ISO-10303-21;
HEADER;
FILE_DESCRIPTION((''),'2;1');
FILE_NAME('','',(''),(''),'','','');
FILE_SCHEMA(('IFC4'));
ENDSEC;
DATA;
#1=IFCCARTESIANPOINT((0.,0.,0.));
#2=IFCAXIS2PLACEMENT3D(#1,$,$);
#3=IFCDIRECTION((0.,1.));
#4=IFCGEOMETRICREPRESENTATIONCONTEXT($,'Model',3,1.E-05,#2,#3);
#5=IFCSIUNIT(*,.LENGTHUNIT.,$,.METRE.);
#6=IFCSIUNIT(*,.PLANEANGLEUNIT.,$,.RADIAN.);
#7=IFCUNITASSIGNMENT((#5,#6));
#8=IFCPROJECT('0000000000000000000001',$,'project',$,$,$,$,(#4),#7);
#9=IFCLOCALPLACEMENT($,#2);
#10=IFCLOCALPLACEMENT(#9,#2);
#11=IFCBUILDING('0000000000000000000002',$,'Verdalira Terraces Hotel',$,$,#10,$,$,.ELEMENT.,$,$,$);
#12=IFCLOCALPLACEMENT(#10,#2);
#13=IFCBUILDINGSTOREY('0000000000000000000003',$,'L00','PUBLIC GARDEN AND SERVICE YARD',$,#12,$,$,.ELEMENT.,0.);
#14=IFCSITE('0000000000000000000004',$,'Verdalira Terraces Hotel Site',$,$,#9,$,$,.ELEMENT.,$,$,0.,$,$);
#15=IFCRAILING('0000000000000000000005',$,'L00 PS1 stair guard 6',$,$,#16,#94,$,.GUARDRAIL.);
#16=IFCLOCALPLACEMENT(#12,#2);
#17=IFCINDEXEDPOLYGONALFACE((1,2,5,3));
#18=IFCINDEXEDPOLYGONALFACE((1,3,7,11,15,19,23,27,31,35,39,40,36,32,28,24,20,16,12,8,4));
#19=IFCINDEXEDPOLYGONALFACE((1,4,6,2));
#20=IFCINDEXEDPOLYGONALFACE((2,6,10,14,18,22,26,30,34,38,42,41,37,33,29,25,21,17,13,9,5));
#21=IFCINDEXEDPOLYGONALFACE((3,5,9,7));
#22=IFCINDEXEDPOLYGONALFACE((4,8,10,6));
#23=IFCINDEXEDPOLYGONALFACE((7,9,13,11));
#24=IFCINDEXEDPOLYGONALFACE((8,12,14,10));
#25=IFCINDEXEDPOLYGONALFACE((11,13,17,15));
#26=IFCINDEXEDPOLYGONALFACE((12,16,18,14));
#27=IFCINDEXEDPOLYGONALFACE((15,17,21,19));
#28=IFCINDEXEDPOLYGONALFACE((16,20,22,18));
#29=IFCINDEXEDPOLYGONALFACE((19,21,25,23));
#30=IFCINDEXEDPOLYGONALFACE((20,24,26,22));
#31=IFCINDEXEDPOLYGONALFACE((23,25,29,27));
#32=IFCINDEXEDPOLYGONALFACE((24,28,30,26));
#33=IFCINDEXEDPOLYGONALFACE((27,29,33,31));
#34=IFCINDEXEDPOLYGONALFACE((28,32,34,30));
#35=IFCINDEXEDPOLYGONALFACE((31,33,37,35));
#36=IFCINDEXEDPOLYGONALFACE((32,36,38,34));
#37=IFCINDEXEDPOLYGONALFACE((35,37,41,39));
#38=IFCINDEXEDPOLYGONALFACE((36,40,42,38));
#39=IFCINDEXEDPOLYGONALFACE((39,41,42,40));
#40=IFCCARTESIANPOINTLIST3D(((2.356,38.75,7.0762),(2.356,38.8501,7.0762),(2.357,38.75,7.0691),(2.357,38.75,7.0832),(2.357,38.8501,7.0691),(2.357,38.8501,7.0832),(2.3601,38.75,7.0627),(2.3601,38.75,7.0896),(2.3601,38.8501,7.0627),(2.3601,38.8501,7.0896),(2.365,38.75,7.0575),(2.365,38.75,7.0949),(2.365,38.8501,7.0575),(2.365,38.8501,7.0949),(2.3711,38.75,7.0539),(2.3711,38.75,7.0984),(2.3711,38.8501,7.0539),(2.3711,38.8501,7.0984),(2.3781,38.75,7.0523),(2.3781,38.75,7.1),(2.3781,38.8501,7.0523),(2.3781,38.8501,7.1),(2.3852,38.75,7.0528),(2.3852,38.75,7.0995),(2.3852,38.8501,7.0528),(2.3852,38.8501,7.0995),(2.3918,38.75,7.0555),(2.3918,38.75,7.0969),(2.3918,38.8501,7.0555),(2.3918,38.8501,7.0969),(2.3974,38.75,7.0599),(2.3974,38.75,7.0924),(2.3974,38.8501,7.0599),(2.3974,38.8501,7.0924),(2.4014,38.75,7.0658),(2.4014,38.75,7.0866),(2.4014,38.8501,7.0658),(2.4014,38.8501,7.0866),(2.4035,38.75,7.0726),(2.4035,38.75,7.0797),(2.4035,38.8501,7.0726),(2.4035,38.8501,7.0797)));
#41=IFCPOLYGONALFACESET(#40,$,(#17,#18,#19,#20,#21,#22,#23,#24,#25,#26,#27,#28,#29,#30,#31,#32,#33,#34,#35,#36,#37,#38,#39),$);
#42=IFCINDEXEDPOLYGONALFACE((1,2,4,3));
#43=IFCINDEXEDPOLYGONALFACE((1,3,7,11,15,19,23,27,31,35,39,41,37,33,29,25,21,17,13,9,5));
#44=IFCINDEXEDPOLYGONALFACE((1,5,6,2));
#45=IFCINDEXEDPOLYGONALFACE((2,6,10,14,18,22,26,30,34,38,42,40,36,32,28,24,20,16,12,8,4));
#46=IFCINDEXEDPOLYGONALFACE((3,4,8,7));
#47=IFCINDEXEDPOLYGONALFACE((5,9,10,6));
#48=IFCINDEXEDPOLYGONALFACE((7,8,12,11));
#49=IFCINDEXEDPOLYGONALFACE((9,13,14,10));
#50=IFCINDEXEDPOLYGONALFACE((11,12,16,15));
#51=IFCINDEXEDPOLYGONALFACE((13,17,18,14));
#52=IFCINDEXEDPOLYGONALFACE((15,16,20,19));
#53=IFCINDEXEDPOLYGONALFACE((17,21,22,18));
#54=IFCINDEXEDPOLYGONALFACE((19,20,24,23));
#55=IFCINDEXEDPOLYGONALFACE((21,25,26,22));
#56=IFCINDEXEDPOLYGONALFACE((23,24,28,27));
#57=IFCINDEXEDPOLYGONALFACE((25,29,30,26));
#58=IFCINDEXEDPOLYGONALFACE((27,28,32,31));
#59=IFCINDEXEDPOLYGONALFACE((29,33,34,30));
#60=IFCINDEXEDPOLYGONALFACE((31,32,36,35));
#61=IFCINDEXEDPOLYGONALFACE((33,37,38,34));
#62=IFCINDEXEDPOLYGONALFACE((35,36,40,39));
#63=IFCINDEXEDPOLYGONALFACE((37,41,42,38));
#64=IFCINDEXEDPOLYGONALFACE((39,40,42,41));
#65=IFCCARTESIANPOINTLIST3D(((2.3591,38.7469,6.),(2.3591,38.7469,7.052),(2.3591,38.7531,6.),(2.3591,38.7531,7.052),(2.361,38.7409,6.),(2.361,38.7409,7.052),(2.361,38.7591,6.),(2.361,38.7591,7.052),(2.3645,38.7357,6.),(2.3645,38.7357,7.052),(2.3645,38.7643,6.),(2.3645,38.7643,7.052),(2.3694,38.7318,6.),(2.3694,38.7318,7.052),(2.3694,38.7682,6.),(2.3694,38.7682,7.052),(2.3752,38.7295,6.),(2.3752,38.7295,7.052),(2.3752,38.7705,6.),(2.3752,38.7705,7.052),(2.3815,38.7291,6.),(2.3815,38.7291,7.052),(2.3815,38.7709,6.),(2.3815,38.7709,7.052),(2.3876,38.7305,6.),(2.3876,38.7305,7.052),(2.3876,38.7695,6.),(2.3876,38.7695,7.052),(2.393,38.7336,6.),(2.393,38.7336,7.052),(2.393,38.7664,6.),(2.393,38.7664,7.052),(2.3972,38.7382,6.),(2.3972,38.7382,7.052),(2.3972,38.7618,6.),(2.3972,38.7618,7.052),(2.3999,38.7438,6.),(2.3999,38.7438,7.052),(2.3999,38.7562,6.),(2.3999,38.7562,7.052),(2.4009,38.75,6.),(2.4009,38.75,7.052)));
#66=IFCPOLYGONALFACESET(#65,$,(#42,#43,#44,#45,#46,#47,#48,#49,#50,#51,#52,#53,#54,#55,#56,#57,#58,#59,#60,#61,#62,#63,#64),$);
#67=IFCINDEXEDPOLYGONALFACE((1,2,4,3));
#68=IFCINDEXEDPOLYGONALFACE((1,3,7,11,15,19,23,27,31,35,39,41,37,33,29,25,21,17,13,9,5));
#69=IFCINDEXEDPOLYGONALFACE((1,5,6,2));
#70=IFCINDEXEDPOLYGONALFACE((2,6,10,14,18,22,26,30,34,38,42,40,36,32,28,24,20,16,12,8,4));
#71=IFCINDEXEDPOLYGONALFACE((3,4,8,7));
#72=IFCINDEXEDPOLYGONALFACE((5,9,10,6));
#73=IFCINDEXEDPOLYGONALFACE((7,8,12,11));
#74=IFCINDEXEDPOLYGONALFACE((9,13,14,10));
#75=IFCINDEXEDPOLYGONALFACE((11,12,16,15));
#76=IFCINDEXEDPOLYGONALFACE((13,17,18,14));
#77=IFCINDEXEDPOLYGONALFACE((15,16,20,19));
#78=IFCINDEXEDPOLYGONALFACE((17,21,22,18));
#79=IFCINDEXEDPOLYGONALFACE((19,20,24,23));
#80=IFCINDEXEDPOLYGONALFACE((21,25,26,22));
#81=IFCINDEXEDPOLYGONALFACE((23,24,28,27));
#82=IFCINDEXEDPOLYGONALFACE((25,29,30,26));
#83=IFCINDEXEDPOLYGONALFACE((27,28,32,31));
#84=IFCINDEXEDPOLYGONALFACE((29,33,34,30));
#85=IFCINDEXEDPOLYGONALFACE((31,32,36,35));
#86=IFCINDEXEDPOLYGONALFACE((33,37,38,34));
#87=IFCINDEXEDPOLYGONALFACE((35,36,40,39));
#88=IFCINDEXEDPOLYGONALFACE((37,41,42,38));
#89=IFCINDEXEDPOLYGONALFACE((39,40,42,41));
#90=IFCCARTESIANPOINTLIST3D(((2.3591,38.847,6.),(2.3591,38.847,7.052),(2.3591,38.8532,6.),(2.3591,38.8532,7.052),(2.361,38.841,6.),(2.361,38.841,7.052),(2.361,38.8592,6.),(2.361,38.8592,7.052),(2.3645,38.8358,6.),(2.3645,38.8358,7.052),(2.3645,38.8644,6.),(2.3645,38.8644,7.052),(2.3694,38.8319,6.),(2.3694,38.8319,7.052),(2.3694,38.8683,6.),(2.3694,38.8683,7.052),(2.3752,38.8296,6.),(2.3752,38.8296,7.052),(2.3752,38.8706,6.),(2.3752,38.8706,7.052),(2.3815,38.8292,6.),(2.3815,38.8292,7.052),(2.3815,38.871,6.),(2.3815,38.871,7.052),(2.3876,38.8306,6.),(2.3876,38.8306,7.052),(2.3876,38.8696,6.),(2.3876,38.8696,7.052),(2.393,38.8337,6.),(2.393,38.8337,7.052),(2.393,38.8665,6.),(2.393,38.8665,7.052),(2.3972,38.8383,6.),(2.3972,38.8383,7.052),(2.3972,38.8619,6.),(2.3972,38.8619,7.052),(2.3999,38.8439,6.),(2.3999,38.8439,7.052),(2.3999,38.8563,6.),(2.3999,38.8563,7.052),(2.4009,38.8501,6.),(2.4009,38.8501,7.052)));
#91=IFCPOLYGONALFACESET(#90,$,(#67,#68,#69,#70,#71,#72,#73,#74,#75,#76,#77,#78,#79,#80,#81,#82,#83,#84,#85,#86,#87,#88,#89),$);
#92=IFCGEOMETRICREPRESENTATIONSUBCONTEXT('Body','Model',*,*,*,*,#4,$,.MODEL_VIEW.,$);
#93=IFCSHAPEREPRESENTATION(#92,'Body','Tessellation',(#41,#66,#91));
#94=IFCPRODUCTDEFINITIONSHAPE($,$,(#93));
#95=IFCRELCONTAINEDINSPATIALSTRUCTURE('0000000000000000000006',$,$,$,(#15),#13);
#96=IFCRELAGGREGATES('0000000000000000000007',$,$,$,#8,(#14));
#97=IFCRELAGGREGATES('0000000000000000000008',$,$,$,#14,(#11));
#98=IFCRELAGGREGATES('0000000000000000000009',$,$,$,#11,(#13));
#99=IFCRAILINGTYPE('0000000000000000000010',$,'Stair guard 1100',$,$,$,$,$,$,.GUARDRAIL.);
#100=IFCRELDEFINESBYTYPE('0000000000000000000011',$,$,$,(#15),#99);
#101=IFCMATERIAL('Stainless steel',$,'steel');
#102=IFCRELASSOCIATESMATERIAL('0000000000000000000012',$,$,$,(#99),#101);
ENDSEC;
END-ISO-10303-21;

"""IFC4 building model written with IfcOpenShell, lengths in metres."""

from ifc_helpers import new_model, si_unit, direction, frame, origin, origin_2d, place, context, subcontext, project, spatial, circle, extrude, material, type_object, element, save


model = new_model("IFC4")

# Units and contexts
model_context = context("Model", 3, precision=1e-05, world=origin(), true_north=direction((0.0, 1.0)))
body_context = subcontext(model_context, "Body", "Model", "MODEL_VIEW")
ifc_project = project(units=[si_unit("LENGTHUNIT", "METRE"), si_unit("PLANEANGLEUNIT", "RADIAN")], contexts=[model_context])

# Site, building, storey
site_placement = place(None, origin())
site = spatial("IfcSite", under=ifc_project, at=site_placement, Name="Verdalira Terraces Hotel Site", CompositionType="ELEMENT", RefElevation=0.0)
building_placement = place(site_placement, origin())
building = spatial("IfcBuilding", under=site, at=building_placement, Name="Verdalira Terraces Hotel", CompositionType="ELEMENT")
storey_placement = place(building_placement, origin())
storey = spatial("IfcBuildingStorey", under=building, at=storey_placement, Name="L00", Description="PUBLIC GARDEN AND SERVICE YARD", CompositionType="ELEMENT", Elevation=0.0)

# Railing
ifc_material_1 = material(Name="Stainless steel", Category="steel")
railing_type_1 = type_object("IfcRailingType", Name="Stair guard 1100", PredefinedType="GUARDRAIL", material=ifc_material_1)
railing_1_placement = place(storey_placement, frame((2.3799, 38.75, 6.0)))
element("IfcRailing", 1, at=railing_1_placement, inside=storey, type_object=railing_type_1, Name="L00 PS1 stair guard 6", PredefinedType="GUARDRAIL", context=body_context, shape_type="SweptSolid", body=[
    extrude(circle(Radius=0.0239, at=origin_2d()), frame((0.0, 0.0, 1.0762), z_axis=(0.0, 1.0, 0.0), x_axis=(-1.0, 0.0, 0.0)), (0.0, 0.0, 1.0), 0.1001),
    extrude(circle(Radius=0.021, at=origin_2d()), origin(), (0.0, 0.0, 1.0), 1.052),
    extrude(circle(Radius=0.021, at=origin_2d()), frame((0.0, 0.1001, 0.0)), (0.0, 0.0, 1.0), 1.052),
])

save(model, "model.ifc")
